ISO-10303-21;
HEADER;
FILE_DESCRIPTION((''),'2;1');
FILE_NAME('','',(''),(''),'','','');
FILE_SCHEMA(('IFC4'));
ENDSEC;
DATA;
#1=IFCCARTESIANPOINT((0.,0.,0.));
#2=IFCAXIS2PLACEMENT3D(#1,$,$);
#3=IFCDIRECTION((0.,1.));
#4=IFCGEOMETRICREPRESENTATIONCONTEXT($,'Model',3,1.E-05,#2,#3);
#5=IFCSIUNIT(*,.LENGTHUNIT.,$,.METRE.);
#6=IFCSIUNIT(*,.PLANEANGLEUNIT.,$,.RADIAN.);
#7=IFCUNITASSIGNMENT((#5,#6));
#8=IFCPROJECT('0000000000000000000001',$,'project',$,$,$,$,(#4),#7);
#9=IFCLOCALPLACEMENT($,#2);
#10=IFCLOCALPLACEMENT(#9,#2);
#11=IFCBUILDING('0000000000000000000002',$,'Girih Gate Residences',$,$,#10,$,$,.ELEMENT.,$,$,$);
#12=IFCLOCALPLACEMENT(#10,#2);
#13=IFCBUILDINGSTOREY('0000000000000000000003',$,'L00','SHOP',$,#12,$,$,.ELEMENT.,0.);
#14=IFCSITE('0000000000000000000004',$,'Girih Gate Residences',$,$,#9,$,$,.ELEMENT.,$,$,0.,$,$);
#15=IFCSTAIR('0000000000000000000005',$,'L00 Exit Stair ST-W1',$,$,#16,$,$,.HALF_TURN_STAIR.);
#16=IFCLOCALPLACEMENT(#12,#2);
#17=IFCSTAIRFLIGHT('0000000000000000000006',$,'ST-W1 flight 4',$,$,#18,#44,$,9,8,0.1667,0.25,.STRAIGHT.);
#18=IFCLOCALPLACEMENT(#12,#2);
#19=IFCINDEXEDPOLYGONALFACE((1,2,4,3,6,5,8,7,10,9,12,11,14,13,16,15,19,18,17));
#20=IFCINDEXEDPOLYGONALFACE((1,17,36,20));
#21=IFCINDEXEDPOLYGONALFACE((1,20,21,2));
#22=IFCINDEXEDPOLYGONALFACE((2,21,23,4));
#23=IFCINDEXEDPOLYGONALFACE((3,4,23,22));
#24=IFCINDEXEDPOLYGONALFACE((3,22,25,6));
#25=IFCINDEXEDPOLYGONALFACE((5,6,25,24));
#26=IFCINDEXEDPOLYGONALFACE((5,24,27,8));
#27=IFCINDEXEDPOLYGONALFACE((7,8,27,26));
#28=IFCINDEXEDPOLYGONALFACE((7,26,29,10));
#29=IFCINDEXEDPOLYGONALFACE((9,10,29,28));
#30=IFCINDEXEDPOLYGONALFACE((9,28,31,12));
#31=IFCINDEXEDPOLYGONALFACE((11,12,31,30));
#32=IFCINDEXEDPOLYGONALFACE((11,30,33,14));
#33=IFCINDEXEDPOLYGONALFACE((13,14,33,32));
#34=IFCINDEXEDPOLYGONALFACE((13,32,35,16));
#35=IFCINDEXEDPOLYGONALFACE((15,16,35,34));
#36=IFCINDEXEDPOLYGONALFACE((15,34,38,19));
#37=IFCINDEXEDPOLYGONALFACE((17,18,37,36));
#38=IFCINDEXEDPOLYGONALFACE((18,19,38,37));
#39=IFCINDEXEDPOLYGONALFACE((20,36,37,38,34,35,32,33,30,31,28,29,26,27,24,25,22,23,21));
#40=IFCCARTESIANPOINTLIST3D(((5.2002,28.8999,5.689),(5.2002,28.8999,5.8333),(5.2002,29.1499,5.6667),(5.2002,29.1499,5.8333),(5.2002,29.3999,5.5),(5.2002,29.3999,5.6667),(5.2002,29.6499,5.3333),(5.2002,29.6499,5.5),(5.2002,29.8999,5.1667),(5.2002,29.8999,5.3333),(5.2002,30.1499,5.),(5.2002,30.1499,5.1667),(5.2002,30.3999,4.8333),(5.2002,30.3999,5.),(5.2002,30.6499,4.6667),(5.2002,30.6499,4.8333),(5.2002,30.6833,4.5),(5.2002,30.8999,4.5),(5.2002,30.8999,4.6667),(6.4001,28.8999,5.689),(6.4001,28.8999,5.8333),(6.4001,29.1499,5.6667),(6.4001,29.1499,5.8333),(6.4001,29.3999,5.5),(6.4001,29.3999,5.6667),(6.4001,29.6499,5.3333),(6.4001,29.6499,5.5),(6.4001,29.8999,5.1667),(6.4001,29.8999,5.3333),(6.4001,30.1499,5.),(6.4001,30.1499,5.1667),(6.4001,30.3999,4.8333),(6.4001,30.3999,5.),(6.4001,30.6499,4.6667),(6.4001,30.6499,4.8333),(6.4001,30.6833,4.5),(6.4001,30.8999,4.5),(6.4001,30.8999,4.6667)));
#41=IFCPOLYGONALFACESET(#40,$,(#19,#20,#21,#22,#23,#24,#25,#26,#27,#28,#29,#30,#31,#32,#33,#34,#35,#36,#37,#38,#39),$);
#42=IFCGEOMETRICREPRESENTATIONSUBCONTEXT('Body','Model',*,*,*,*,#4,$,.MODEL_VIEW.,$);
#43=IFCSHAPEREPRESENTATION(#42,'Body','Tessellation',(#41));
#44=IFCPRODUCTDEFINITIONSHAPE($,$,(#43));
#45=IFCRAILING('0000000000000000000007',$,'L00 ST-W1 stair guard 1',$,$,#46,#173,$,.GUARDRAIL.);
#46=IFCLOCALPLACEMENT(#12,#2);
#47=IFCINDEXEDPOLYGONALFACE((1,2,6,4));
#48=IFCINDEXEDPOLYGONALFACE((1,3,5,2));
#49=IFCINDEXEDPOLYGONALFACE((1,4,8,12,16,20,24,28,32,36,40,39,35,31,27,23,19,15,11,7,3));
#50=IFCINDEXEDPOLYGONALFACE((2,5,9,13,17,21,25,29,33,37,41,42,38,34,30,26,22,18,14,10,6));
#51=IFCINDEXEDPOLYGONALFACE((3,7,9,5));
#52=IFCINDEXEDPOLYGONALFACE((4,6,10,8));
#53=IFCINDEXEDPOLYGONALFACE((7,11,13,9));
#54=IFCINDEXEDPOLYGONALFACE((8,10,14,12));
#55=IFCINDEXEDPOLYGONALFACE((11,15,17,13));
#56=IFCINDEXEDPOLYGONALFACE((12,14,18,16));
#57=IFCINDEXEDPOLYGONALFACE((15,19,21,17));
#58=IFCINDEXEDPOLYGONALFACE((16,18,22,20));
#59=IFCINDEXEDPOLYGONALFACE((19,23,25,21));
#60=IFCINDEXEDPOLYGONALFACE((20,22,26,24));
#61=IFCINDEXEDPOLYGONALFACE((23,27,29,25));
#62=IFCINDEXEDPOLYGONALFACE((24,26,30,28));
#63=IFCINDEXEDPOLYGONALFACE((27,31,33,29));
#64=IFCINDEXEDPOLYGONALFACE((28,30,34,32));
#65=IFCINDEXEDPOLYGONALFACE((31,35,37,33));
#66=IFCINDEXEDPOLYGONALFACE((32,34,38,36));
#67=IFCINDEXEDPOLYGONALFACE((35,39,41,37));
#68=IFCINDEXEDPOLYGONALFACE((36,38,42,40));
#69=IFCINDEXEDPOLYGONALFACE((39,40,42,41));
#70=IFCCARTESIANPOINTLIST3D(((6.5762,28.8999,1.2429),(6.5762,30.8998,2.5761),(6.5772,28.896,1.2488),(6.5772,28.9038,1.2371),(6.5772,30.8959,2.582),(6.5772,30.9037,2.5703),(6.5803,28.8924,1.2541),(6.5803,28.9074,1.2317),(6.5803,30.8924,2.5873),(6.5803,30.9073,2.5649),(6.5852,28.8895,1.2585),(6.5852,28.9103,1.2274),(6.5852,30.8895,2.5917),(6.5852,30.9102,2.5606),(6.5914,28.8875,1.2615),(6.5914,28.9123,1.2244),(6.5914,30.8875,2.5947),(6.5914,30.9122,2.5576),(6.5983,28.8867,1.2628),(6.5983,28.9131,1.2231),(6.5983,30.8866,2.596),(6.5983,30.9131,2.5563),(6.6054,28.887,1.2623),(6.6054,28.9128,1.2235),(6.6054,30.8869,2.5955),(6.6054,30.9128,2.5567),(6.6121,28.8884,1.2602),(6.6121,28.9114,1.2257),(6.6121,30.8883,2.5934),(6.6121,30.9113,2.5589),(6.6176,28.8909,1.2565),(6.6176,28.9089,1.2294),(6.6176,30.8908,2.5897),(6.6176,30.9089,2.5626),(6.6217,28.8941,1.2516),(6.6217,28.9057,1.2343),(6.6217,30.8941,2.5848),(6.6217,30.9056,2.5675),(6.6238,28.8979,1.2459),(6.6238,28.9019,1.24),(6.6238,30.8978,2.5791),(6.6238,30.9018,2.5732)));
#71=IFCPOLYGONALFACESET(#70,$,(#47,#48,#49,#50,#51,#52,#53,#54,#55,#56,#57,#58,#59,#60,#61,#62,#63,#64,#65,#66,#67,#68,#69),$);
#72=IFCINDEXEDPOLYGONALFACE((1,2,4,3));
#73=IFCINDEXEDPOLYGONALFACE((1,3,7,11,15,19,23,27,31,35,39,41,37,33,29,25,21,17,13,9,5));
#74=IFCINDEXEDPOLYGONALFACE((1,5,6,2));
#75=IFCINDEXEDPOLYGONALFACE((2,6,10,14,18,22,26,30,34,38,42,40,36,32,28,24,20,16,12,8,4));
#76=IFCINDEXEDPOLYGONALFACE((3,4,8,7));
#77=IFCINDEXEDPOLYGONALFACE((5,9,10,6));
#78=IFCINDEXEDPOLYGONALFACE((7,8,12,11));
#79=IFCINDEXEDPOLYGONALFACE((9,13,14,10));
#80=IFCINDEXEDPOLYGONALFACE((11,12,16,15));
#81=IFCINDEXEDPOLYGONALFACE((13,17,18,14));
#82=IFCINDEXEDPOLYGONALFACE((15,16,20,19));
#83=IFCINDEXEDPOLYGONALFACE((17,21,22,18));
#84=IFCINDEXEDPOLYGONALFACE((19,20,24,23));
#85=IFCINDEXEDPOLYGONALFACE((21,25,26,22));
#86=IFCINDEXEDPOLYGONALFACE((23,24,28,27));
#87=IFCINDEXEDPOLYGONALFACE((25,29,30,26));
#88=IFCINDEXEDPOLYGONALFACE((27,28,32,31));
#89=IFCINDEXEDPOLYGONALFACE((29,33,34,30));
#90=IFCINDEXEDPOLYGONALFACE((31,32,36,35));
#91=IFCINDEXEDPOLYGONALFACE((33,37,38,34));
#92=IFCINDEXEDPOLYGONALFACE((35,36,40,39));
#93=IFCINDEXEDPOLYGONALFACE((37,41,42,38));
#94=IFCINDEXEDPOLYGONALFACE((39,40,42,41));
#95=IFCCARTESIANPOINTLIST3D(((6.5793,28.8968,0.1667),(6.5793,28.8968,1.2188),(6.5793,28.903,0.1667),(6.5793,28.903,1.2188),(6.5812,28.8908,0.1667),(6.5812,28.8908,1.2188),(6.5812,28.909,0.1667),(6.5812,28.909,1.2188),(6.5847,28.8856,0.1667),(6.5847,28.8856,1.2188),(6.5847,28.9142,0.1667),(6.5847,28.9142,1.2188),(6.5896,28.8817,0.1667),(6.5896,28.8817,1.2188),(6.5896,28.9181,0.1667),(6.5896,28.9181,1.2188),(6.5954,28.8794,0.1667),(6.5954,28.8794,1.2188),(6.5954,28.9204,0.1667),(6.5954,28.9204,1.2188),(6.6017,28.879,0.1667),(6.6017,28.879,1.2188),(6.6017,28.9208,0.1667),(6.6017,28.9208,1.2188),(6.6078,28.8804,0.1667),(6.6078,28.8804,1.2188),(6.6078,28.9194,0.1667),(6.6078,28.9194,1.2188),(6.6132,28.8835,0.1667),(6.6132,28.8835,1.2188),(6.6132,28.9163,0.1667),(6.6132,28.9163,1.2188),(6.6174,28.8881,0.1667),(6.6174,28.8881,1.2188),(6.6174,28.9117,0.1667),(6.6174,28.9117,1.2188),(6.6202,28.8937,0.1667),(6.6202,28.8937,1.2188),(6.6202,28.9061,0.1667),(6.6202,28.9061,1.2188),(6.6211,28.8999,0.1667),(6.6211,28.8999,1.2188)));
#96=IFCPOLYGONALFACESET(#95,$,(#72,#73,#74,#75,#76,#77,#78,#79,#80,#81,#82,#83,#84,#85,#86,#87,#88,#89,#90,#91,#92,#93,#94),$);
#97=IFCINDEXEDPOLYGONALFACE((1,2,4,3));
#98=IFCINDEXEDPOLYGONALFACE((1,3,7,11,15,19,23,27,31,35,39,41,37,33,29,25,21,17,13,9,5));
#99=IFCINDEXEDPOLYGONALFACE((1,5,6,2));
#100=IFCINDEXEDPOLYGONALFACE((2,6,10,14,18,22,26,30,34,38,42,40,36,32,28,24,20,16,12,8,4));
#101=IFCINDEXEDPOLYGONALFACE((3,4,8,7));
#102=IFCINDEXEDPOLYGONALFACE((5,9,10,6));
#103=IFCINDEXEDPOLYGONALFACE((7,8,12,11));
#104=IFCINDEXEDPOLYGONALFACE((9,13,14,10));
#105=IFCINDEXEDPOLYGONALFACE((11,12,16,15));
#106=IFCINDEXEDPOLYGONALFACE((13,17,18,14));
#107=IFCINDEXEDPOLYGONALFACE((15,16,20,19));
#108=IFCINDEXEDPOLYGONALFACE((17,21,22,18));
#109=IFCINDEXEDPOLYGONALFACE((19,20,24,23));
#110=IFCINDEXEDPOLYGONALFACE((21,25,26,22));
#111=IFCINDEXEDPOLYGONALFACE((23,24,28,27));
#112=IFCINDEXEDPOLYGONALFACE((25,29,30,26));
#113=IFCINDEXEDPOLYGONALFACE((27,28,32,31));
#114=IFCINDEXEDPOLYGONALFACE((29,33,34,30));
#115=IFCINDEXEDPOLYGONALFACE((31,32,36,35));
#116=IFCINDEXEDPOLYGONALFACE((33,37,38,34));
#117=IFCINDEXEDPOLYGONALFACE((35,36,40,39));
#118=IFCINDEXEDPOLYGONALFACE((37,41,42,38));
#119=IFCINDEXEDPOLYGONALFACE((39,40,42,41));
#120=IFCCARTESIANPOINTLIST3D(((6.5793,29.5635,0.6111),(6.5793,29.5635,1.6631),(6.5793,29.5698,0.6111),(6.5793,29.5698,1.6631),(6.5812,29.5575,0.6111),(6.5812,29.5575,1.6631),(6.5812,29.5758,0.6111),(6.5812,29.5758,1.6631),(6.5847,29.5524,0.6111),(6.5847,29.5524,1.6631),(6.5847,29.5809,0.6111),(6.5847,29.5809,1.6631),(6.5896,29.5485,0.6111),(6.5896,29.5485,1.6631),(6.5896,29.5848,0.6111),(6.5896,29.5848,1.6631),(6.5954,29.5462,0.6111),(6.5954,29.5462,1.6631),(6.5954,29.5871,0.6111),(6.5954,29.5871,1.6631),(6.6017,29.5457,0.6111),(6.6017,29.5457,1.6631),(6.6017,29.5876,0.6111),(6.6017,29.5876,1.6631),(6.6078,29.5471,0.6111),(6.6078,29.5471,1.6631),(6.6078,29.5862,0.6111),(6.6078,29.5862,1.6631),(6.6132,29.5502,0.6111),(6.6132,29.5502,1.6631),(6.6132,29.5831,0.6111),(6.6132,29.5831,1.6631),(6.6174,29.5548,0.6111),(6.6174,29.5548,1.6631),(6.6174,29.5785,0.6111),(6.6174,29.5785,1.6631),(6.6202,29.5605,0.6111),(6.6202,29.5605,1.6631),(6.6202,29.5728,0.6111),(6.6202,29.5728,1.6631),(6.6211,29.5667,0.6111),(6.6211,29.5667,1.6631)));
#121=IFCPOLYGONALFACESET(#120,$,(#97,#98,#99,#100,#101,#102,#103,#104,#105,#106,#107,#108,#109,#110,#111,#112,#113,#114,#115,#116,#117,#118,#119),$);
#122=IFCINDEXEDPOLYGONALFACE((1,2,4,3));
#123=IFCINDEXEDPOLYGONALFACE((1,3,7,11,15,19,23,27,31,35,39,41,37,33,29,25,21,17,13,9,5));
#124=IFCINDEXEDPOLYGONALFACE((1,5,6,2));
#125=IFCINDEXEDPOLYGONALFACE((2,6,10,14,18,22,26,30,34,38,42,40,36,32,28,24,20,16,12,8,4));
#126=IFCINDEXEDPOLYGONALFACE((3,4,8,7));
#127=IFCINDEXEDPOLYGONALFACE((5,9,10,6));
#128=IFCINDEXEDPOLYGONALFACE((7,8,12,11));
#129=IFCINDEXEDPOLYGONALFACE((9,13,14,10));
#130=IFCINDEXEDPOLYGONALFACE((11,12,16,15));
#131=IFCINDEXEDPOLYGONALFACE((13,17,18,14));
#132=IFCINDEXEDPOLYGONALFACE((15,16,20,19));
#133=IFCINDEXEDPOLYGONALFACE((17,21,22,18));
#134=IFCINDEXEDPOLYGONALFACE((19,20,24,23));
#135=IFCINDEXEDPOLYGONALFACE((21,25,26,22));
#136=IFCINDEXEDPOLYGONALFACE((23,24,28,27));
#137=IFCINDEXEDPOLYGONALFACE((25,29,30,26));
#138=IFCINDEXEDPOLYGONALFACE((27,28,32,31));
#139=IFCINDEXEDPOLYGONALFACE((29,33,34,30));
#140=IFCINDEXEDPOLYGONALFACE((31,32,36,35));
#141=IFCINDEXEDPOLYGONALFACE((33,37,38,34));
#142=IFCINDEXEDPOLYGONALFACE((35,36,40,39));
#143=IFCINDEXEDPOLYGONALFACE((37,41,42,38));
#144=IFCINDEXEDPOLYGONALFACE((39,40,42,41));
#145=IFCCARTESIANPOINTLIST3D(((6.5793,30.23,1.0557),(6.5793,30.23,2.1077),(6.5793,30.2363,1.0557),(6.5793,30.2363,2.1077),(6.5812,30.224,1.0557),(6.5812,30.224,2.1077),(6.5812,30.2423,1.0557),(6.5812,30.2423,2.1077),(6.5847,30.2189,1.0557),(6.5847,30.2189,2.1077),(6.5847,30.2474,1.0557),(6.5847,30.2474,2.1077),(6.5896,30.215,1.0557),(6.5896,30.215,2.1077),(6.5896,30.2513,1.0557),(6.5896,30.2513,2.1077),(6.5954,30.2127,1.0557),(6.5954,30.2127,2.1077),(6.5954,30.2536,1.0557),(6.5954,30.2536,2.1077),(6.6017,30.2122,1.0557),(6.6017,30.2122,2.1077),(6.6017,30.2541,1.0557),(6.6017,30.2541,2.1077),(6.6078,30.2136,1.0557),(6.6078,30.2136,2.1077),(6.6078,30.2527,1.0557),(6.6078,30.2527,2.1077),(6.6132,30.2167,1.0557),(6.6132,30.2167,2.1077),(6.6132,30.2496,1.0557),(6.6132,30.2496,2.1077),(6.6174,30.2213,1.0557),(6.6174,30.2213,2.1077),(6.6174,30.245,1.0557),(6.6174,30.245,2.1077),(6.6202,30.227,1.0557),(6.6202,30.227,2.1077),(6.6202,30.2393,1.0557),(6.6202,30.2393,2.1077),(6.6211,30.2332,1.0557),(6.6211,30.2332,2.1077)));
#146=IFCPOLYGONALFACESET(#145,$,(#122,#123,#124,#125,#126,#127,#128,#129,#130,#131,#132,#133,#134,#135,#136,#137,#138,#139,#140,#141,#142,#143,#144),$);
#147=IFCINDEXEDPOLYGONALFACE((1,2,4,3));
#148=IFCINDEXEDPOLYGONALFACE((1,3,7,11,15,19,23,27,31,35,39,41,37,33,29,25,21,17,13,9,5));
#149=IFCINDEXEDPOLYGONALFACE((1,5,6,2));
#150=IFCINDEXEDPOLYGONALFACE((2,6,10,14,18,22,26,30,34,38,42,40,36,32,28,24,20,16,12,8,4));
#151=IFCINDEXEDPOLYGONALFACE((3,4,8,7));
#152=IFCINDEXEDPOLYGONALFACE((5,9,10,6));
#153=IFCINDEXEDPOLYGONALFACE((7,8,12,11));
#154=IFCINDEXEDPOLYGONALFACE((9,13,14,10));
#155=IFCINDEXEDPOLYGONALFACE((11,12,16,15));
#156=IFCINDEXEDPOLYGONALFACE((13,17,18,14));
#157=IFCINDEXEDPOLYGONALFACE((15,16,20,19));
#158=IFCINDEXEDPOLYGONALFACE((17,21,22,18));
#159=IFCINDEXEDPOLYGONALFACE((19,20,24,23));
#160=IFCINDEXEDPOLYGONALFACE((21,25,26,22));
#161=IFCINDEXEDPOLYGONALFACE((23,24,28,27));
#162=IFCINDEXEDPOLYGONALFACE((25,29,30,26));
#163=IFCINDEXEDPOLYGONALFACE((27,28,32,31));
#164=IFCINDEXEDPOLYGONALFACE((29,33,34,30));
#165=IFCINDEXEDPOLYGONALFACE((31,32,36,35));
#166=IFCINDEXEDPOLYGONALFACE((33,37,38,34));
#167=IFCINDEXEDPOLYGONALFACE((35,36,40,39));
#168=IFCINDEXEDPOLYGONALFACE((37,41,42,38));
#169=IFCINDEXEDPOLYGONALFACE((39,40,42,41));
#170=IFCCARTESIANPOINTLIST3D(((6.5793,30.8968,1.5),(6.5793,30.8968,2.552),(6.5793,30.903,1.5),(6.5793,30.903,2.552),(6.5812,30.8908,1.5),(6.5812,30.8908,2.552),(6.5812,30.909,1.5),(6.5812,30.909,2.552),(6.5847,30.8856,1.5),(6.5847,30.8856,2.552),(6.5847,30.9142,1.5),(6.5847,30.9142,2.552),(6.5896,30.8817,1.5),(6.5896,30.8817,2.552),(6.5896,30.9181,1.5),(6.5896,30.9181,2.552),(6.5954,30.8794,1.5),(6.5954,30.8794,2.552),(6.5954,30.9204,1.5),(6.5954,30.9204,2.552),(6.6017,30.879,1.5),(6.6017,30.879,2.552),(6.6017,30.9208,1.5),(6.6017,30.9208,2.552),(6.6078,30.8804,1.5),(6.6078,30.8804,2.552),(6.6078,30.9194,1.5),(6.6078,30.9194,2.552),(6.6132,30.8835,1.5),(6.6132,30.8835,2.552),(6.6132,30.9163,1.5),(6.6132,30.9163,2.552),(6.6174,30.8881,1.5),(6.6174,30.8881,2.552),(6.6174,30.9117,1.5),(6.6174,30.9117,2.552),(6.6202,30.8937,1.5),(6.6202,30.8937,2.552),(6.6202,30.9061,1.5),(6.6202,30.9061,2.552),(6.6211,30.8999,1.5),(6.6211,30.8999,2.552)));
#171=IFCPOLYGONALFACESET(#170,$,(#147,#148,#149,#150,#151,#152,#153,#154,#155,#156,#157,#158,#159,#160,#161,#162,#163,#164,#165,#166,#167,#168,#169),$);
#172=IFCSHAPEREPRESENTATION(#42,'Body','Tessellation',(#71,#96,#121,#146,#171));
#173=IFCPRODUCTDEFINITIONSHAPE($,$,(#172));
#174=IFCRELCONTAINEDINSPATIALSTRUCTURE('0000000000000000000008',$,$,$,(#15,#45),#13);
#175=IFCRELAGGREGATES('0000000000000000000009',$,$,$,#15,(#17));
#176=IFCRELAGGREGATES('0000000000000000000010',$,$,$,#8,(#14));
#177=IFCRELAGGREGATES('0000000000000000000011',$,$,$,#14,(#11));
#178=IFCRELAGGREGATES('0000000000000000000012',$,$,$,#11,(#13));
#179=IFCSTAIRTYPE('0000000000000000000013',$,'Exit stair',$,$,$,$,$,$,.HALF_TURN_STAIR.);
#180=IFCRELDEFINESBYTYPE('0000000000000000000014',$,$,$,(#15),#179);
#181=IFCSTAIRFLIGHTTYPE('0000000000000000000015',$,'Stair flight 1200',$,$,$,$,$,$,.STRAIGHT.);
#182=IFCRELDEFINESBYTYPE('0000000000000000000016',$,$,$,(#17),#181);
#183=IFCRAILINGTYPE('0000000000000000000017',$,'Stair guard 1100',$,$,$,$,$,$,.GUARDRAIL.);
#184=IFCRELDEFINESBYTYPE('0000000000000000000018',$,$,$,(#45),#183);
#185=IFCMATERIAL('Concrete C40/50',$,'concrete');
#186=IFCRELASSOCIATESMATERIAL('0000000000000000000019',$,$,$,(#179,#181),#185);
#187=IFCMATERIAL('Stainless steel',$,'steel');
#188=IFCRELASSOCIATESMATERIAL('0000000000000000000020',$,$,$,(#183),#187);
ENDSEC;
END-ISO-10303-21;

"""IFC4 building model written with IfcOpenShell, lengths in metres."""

from ifc_helpers import new_model, si_unit, direction, frame, origin, origin_2d, place, context, subcontext, project, spatial, polyline, circle, outline, extrude, material, type_object, element, aggregate, save


model = new_model("IFC4")

# Units and contexts
model_context = context("Model", 3, precision=1e-05, world=origin(), true_north=direction((0.0, 1.0)))
body_context = subcontext(model_context, "Body", "Model", "MODEL_VIEW")
ifc_project = project(units=[si_unit("LENGTHUNIT", "METRE"), si_unit("PLANEANGLEUNIT", "RADIAN")], contexts=[model_context])

# Site, building, storey
site_placement = place(None, origin())
site = spatial("IfcSite", under=ifc_project, at=site_placement, Name="Girih Gate Residences", CompositionType="ELEMENT", RefElevation=0.0)
building_placement = place(site_placement, origin())
building = spatial("IfcBuilding", under=site, at=building_placement, Name="Girih Gate Residences", CompositionType="ELEMENT")
storey_placement = place(building_placement, origin())
storey = spatial("IfcBuildingStorey", under=building, at=storey_placement, Name="L00", Description="SHOP", CompositionType="ELEMENT", Elevation=0.0)

# Shared definitions
ifc_material_1 = material(Name="Concrete C40/50", Category="concrete")

# Stair, stair flight
stair_type = type_object("IfcStairType", Name="Exit stair", PredefinedType="HALF_TURN_STAIR", material=ifc_material_1)
stair_placement = place(storey_placement, origin())
stair = element("IfcStair", 1, at=stair_placement, inside=storey, type_object=stair_type, Name="L00 Exit Stair ST-W1", PredefinedType="HALF_TURN_STAIR")
stair_flight_type = type_object("IfcStairFlightType", Name="Stair flight 1200", PredefinedType="STRAIGHT", material=ifc_material_1)
stair_flight_1_placement = place(storey_placement, frame((5.8, 30.8999, 4.5), z_axis=(0.0, 0.0, 1.0), x_axis=(0.0, -1.0, 0.0)))
stair_flight_1 = element("IfcStairFlight", 2, at=stair_flight_1_placement, type_object=stair_flight_type, Name="ST-W1 flight 4", NumberOfRisers=9, NumberOfTreads=8, PredefinedType="STRAIGHT", RiserHeight=0.1667, TreadLength=0.25, context=body_context, shape_type="SweptSolid", body=[
    extrude(outline(polyline([(0.0, 0.0), (0.0, 0.1667), (0.25, 0.1667), (0.25, 0.3333), (0.5, 0.3333), (0.5, 0.5), (0.75, 0.5), (0.75, 0.6667), (1.0, 0.6667), (1.0, 0.8333), (1.25, 0.8333), (1.25, 1.0), (1.5, 1.0), (1.5, 1.1667), (1.75, 1.1667), (1.75, 1.3333), (2.0, 1.3333), (2.0, 1.5), (2.0, 1.189), (0.2166, 0.0), (0.0, 0.0)])), frame((0.0, 0.6001, 0.0), z_axis=(0.0, -1.0, 0.0), x_axis=(1.0, 0.0, 0.0)), (0.0, 0.0, 1.0), 1.2),
])
aggregate(stair, [stair_flight_1])

# Railing
ifc_material_2 = material(Name="Stainless steel", Category="steel")
railing_type_1 = type_object("IfcRailingType", Name="Stair guard 1100", PredefinedType="GUARDRAIL", material=ifc_material_2)
railing_1_placement = place(storey_placement, frame((6.6001, 28.8999, 0.1667)))
element("IfcRailing", 3, at=railing_1_placement, inside=storey, type_object=railing_type_1, Name="L00 ST-W1 stair guard 1", PredefinedType="GUARDRAIL", context=body_context, shape_type="SweptSolid", body=[
    extrude(circle(Radius=0.0239, at=origin_2d()), frame((0.0, 0.0, 1.0762), z_axis=(0.0, 0.832066, 0.554677), x_axis=(-1.0, 0.0, 0.0)), (0.0, 0.0, 1.0), 2.4036),
    extrude(circle(Radius=0.021, at=origin_2d()), origin(), (0.0, 0.0, 1.0), 1.052),
    extrude(circle(Radius=0.021, at=origin_2d()), frame((0.0, 0.6667, 0.4443)), (0.0, 0.0, 1.0), 1.052),
    extrude(circle(Radius=0.021, at=origin_2d()), frame((0.0, 1.3333, 0.8889)), (0.0, 0.0, 1.0), 1.052),
    extrude(circle(Radius=0.021, at=origin_2d()), frame((0.0, 2.0, 1.3333)), (0.0, 0.0, 1.0), 1.052),
])

save(model, "model.ifc")
